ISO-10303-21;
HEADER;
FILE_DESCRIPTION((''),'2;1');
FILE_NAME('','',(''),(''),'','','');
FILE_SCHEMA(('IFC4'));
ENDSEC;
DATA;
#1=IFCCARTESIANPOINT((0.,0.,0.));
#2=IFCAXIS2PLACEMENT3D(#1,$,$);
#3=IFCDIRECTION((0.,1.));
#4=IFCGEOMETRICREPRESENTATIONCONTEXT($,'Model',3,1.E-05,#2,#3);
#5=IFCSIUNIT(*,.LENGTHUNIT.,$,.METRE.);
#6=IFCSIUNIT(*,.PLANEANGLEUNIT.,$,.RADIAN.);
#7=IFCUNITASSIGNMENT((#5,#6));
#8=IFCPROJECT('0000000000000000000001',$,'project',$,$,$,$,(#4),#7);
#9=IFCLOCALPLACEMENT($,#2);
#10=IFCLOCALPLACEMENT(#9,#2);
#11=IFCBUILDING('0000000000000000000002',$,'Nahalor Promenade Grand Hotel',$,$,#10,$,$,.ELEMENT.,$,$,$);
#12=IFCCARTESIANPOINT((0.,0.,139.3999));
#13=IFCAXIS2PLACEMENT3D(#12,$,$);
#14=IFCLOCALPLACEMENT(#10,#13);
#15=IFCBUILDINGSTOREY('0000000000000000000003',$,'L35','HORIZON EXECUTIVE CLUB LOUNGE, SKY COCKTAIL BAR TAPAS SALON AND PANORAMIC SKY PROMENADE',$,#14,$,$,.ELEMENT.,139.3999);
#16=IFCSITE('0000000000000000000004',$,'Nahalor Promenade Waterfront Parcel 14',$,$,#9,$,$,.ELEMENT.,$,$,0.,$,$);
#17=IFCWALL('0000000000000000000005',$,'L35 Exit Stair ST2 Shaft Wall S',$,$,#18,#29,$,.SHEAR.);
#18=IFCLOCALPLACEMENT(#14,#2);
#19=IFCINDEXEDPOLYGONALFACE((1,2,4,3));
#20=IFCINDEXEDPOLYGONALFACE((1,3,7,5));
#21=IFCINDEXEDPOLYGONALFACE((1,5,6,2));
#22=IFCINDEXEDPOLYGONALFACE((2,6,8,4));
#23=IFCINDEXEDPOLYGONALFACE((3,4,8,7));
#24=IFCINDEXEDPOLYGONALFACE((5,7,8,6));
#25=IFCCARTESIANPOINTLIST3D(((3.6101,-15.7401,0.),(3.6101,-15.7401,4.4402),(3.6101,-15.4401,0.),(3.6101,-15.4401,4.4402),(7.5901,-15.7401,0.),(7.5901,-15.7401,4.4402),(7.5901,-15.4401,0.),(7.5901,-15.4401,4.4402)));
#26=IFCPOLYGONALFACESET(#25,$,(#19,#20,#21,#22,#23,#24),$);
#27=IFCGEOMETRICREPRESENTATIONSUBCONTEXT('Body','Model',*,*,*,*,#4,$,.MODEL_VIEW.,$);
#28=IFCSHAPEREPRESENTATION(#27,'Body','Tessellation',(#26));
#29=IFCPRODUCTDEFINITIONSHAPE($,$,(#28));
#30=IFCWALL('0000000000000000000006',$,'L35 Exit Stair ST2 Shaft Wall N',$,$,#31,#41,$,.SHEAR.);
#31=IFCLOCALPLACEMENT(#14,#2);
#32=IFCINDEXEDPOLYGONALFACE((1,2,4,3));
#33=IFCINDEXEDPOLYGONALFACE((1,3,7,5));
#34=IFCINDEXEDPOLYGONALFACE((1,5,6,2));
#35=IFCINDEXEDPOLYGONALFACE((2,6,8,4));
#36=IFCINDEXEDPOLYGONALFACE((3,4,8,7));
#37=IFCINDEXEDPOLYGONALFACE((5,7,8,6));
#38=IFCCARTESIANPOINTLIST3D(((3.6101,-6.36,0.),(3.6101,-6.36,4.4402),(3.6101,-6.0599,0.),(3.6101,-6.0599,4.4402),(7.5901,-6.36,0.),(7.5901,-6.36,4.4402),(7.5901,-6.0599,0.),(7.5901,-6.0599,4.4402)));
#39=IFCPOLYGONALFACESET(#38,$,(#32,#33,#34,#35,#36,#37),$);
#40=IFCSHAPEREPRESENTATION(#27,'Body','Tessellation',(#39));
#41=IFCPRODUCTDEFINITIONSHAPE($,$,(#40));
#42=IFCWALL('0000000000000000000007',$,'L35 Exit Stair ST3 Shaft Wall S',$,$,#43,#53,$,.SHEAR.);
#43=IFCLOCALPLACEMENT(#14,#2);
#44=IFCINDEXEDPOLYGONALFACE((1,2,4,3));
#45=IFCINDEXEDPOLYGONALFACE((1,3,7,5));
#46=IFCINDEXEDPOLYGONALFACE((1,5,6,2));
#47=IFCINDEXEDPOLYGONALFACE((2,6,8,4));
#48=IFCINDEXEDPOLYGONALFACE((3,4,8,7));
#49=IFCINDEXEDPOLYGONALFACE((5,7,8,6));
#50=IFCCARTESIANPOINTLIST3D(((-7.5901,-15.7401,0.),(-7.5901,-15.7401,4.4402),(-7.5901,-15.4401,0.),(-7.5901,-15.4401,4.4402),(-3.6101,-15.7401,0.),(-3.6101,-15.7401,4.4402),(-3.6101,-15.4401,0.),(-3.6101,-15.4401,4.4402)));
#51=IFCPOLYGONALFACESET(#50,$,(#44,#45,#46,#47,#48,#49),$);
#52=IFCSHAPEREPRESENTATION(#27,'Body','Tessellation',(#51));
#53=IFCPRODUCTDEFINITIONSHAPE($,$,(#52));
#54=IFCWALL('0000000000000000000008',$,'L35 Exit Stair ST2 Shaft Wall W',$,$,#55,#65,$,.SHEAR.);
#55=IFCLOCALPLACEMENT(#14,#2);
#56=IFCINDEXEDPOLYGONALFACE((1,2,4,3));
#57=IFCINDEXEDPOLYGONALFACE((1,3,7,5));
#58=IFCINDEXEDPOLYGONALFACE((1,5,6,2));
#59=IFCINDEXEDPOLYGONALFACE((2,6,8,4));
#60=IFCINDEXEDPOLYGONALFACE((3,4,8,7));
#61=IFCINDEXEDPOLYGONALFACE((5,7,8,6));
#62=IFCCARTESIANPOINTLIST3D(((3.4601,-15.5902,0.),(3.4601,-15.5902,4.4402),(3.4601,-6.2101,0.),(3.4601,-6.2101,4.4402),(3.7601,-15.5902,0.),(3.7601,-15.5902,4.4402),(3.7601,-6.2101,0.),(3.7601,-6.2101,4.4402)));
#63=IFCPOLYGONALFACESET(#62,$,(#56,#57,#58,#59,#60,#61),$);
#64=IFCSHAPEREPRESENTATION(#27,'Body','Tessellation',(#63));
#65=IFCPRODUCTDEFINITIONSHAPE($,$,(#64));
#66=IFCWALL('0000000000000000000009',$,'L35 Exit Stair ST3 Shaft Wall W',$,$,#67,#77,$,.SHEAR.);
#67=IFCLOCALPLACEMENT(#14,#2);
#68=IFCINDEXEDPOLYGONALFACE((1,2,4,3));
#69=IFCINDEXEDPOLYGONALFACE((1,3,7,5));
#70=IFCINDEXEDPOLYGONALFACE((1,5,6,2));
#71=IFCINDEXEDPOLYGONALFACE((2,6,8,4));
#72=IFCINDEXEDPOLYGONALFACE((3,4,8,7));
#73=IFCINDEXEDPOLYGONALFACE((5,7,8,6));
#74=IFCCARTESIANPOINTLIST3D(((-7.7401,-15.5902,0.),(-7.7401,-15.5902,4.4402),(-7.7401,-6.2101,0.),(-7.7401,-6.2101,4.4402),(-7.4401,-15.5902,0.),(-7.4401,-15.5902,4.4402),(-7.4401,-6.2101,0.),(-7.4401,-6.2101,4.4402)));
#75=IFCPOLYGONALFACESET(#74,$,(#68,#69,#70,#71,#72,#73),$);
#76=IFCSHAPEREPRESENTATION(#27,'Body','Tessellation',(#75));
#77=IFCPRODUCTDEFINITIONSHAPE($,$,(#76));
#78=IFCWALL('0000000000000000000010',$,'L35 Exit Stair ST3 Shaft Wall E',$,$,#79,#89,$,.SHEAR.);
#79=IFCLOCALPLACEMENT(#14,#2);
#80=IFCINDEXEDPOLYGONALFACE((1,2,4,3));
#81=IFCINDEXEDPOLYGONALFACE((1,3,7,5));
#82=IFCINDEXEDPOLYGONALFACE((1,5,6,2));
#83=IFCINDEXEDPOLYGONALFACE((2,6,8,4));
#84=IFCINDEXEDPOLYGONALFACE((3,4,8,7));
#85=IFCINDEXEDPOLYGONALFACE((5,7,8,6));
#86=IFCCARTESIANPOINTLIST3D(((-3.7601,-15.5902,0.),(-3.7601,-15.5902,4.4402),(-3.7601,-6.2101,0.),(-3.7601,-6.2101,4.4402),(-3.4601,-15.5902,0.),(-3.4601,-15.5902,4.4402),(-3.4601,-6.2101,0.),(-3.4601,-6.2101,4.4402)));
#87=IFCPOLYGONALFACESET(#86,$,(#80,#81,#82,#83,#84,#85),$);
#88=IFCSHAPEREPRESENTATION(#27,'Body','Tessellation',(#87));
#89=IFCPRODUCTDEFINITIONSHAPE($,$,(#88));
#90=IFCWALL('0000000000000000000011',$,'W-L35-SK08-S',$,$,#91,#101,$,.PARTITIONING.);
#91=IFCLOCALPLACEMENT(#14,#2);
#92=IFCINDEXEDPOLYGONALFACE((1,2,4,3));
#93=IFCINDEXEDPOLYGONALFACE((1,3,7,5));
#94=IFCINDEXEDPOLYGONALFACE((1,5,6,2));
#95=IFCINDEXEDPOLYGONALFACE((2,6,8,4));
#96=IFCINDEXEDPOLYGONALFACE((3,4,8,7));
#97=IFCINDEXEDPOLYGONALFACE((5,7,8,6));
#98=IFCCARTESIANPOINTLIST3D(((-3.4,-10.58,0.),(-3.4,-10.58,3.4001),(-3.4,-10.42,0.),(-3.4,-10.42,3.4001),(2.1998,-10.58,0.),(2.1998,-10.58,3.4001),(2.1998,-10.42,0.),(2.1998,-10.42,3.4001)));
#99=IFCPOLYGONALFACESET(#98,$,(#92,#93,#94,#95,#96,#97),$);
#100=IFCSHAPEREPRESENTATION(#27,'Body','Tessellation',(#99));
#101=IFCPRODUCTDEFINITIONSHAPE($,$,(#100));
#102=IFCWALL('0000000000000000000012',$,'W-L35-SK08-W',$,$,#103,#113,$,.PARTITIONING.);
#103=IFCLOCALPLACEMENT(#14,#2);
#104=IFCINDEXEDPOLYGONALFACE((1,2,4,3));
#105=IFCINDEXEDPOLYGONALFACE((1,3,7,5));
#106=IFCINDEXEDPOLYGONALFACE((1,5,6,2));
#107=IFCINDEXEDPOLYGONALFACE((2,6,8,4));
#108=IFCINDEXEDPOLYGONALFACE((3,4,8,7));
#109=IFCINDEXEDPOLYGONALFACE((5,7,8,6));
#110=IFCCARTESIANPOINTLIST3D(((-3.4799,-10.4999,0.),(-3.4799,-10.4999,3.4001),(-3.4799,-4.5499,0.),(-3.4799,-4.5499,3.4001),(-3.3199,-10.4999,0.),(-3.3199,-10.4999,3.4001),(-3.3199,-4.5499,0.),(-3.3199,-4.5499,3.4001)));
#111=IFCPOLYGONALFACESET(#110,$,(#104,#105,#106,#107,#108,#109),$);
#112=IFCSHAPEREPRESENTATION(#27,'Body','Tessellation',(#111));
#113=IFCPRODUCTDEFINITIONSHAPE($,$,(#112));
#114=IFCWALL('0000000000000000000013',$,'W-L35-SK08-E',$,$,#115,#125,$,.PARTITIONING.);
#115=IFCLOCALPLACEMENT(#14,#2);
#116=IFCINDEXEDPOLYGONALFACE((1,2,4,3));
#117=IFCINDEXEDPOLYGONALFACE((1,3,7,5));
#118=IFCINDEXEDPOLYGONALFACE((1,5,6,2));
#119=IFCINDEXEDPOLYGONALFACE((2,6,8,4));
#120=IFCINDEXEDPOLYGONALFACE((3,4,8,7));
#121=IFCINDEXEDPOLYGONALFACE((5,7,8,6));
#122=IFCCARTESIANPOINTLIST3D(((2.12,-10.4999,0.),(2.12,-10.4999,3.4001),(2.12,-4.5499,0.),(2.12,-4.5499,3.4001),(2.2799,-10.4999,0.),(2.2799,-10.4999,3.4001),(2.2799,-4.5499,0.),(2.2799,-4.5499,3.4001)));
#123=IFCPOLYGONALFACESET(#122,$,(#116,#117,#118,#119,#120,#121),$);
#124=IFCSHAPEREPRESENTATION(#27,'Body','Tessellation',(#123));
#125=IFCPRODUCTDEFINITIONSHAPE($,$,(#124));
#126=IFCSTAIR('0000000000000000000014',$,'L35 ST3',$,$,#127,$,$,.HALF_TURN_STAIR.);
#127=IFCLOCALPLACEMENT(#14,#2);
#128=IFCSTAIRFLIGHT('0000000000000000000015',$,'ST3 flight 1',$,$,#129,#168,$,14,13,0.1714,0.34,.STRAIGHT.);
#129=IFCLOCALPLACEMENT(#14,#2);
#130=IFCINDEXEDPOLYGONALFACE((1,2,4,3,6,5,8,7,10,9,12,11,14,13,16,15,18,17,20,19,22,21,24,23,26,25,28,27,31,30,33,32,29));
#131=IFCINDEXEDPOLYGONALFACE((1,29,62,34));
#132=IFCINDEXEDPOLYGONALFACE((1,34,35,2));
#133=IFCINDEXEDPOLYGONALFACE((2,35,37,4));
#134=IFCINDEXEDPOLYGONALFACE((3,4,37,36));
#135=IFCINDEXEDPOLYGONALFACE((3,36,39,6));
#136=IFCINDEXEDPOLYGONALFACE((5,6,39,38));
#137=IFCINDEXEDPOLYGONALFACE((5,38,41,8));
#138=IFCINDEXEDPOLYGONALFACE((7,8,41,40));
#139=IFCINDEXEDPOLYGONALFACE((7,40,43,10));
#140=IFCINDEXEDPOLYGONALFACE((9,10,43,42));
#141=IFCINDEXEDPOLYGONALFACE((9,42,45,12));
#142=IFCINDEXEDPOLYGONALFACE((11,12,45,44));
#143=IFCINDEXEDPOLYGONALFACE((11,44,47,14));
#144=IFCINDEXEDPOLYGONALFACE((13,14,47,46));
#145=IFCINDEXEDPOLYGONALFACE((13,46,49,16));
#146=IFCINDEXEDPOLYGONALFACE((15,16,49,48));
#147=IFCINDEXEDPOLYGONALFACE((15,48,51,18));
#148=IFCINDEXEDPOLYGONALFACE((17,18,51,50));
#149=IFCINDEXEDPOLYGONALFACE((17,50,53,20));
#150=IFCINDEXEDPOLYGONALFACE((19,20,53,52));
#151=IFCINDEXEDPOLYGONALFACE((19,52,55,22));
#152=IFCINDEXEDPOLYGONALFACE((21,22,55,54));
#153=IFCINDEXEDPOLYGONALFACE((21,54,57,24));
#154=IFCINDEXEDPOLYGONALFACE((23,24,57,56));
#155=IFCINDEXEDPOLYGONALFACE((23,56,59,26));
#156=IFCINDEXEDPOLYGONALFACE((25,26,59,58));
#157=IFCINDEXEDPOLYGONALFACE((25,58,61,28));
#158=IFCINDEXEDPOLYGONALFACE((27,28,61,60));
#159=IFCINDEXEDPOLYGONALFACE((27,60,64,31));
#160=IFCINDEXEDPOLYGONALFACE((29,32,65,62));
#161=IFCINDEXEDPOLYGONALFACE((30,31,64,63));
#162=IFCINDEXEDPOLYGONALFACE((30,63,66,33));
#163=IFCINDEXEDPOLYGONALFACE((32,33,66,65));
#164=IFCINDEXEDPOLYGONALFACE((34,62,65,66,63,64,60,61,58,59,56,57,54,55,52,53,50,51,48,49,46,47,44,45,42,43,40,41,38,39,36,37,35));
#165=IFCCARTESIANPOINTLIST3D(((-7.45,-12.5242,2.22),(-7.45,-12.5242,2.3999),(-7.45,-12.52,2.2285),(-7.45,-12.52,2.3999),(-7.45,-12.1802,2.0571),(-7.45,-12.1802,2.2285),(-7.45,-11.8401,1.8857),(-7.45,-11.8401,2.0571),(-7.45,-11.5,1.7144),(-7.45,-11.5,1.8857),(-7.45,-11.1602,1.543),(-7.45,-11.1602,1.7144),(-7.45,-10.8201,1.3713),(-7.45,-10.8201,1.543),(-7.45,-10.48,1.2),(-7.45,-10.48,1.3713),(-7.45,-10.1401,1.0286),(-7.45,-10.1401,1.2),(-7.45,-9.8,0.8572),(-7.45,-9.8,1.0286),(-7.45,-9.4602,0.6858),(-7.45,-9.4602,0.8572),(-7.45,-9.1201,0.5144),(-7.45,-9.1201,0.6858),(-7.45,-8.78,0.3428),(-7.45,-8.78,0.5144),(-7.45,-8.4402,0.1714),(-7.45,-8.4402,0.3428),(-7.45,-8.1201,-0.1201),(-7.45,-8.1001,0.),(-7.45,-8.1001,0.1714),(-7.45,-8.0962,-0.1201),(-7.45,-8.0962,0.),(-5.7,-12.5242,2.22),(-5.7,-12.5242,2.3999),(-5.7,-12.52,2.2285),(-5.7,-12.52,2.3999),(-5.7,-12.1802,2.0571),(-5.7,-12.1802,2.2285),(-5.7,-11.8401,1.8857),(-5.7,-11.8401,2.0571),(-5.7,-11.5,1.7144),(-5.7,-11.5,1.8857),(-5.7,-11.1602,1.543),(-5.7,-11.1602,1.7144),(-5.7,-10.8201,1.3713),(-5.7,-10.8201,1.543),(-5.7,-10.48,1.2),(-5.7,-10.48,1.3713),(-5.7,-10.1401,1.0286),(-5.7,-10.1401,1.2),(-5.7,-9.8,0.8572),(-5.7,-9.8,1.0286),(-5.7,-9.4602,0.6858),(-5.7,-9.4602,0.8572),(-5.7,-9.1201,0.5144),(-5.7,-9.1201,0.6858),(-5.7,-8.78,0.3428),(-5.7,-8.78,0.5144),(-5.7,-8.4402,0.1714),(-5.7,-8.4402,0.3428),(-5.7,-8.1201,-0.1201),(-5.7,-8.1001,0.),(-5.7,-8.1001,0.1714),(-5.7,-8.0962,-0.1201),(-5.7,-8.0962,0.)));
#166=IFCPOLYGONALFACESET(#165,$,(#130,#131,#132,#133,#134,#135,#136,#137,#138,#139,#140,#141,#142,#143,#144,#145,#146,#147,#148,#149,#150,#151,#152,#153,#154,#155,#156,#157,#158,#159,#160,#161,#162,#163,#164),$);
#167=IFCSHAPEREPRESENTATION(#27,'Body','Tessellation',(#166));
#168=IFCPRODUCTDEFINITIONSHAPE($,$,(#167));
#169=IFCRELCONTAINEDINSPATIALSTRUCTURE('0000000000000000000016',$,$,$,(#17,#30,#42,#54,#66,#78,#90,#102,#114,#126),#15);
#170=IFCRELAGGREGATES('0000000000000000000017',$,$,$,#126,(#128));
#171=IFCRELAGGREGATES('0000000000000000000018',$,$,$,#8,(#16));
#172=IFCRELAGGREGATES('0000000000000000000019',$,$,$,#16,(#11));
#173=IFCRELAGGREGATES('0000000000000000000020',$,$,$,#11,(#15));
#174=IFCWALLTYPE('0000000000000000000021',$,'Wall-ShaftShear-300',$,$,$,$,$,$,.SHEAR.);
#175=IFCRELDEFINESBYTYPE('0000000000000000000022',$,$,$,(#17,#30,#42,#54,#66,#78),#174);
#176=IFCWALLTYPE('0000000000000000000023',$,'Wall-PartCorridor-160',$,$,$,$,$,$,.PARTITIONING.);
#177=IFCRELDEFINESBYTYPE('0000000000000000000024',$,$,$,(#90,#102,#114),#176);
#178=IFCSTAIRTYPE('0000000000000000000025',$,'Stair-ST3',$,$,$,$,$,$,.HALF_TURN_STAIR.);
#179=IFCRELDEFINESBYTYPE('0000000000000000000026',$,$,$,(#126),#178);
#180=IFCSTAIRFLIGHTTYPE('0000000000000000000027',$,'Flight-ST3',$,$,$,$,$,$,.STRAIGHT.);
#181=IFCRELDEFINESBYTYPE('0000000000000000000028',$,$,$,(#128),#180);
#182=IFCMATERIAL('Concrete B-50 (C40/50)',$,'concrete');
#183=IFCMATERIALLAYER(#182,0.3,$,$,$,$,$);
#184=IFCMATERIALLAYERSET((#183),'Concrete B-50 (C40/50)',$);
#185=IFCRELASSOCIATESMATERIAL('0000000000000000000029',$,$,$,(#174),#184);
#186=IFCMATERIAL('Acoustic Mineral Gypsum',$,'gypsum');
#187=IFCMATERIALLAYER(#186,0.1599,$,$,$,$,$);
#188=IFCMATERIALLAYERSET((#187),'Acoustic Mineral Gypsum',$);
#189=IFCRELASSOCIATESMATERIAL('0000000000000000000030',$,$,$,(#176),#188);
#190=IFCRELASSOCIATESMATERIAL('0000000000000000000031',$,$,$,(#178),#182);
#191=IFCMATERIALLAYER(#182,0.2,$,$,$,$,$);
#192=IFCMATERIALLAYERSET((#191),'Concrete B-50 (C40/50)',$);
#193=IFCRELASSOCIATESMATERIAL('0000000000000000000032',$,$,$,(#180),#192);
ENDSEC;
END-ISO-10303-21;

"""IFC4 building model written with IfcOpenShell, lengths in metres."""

from ifc_helpers import new_model, si_unit, direction, frame, frame_2d, origin, place, context, subcontext, project, spatial, polyline, rectangle, outline, extrude, source, transform, mapped, material, layer, layer_set, type_object, element, aggregate, save


model = new_model("IFC4")

# Units and contexts
model_context = context("Model", 3, precision=1e-05, world=origin(), true_north=direction((0.0, 1.0)))
body_context = subcontext(model_context, "Body", "Model", "MODEL_VIEW")
ifc_project = project(units=[si_unit("LENGTHUNIT", "METRE"), si_unit("PLANEANGLEUNIT", "RADIAN")], contexts=[model_context])

# Site, building, storey
site_placement = place(None, origin())
site = spatial("IfcSite", under=ifc_project, at=site_placement, Name="Nahalor Promenade Waterfront Parcel 14", CompositionType="ELEMENT", RefElevation=0.0)
building_placement = place(site_placement, origin())
building = spatial("IfcBuilding", under=site, at=building_placement, Name="Nahalor Promenade Grand Hotel", CompositionType="ELEMENT")
storey_placement = place(building_placement, frame((0.0, 0.0, 139.3999)))
storey = spatial("IfcBuildingStorey", under=building, at=storey_placement, Name="L35", Description="HORIZON EXECUTIVE CLUB LOUNGE, SKY COCKTAIL BAR TAPAS SALON AND PANORAMIC SKY PROMENADE", CompositionType="ELEMENT", Elevation=139.3999)

# Walls
ifc_material_1 = material(Name="Concrete B-50 (C40/50)", Category="concrete")
ifc_layer_1 = layer(ifc_material_1, 0.3)
ifc_layer_set_1 = layer_set([ifc_layer_1], Name="Concrete B-50 (C40/50)")
wall_type_1 = type_object("IfcWallType", Name="Wall-ShaftShear-300", PredefinedType="SHEAR", material=ifc_layer_set_1)
shared_shape_1 = source(origin(), body_context, "Body", "SweptSolid", [
    extrude(rectangle(XDim=3.98, YDim=0.3, at=frame_2d((1.99, 0.0))), origin(), (0.0, 0.0, 1.0), 4.4402),
])
for number, where, z_axis, x_axis, name in (
    (1, (3.6101, -15.5901, 0.0), (0.0, 0.0, 1.0), (1.0, 0.0, 0.0), "L35 Exit Stair ST2 Shaft Wall S"),
    (2, (3.6101, -6.21, 0.0), (0.0, 0.0, 1.0), (1.0, 0.0, 0.0), "L35 Exit Stair ST2 Shaft Wall N"),
    (3, (-7.5901, -15.5901, 0.0), (0.0, 0.0, 1.0), (1.0, 0.0, 0.0), "L35 Exit Stair ST3 Shaft Wall S"),
):
    element("IfcWall", number, at=place(storey_placement, frame(where, z_axis=z_axis, x_axis=x_axis)), inside=storey, type_object=wall_type_1, Name=name, PredefinedType="SHEAR", context=body_context, shape_type="MappedRepresentation", body=[
        mapped(shared_shape_1, transform((0.0, 0.0, 0.0), scale=1.0)),
    ])

# Walls
shared_shape_2 = source(origin(), body_context, "Body", "SweptSolid", [
    extrude(rectangle(XDim=9.3801, YDim=0.3, at=frame_2d((4.6899, 0.0))), origin(), (0.0, 0.0, 1.0), 4.4402),
])
for number, where, z_axis, x_axis, name in (
    (4, (3.6101, -15.5901, 0.0), (0.0, 0.0, 1.0), (0.0, 1.0, 0.0), "L35 Exit Stair ST2 Shaft Wall W"),
    (5, (-7.5901, -15.5901, 0.0), (0.0, 0.0, 1.0), (0.0, 1.0, 0.0), "L35 Exit Stair ST3 Shaft Wall W"),
    (6, (-3.6101, -15.5901, 0.0), (0.0, 0.0, 1.0), (0.0, 1.0, 0.0), "L35 Exit Stair ST3 Shaft Wall E"),
):
    element("IfcWall", number, at=place(storey_placement, frame(where, z_axis=z_axis, x_axis=x_axis)), inside=storey, type_object=wall_type_1, Name=name, PredefinedType="SHEAR", context=body_context, shape_type="MappedRepresentation", body=[
        mapped(shared_shape_2, transform((0.0, 0.0, 0.0), scale=1.0)),
    ])
ifc_material_2 = material(Name="Acoustic Mineral Gypsum", Category="gypsum")
ifc_layer_2 = layer(ifc_material_2, 0.1599)
ifc_layer_set_2 = layer_set([ifc_layer_2], Name="Acoustic Mineral Gypsum")
wall_type_2 = type_object("IfcWallType", Name="Wall-PartCorridor-160", PredefinedType="PARTITIONING", material=ifc_layer_set_2)
shared_shape_3 = source(origin(), body_context, "Body", "SweptSolid", [
    extrude(rectangle(XDim=5.5999, YDim=0.1599, at=frame_2d((2.7998, 0.0))), origin(), (0.0, 0.0, 1.0), 3.4001),
])
wall_1_placement = place(storey_placement, frame((-3.3999, -10.5, 0.0), z_axis=(0.0, 0.0, 1.0), x_axis=(1.0, 0.0, 0.0)))
element("IfcWall", 7, at=wall_1_placement, inside=storey, type_object=wall_type_2, Name="W-L35-SK08-S", PredefinedType="PARTITIONING", context=body_context, shape_type="MappedRepresentation", body=[
    mapped(shared_shape_3, transform((0.0, 0.0, 0.0), scale=1.0)),
])
shared_shape_4 = source(origin(), body_context, "Body", "SweptSolid", [
    extrude(rectangle(XDim=5.95, YDim=0.1599, at=frame_2d((2.9751, 0.0))), origin(), (0.0, 0.0, 1.0), 3.4001),
])
for number, where, z_axis, x_axis, name in (
    (8, (-3.3999, -10.5, 0.0), (0.0, 0.0, 1.0), (0.0, 1.0, 0.0), "W-L35-SK08-W"),
    (9, (2.2, -10.5, 0.0), (0.0, 0.0, 1.0), (0.0, 1.0, 0.0), "W-L35-SK08-E"),
):
    element("IfcWall", number, at=place(storey_placement, frame(where, z_axis=z_axis, x_axis=x_axis)), inside=storey, type_object=wall_type_2, Name=name, PredefinedType="PARTITIONING", context=body_context, shape_type="MappedRepresentation", body=[
        mapped(shared_shape_4, transform((0.0, 0.0, 0.0), scale=1.0)),
    ])

# Stair, stair flight
stair_type = type_object("IfcStairType", Name="Stair-ST3", PredefinedType="HALF_TURN_STAIR", material=ifc_material_1)
stair_placement = place(storey_placement, origin())
stair = element("IfcStair", 10, at=stair_placement, inside=storey, type_object=stair_type, Name="L35 ST3", PredefinedType="HALF_TURN_STAIR")
ifc_layer_3 = layer(ifc_material_1, 0.2)
ifc_layer_set_3 = layer_set([ifc_layer_3], Name="Concrete B-50 (C40/50)")
stair_flight_type = type_object("IfcStairFlightType", Name="Flight-ST3", PredefinedType="STRAIGHT", material=ifc_layer_set_3)
shared_shape_5 = source(origin(), body_context, "Body", "SweptSolid", [
    extrude(outline(polyline([(-0.0039, -0.1201), (-0.0039, 0.0), (0.0, 0.0), (0.0, 0.1714), (0.3401, 0.1714), (0.3401, 0.3428), (0.6799, 0.3428), (0.6799, 0.5144), (1.02, 0.5144), (1.02, 0.6858), (1.3601, 0.6858), (1.3601, 0.8572), (1.7, 0.8572), (1.7, 1.0286), (2.04, 1.0286), (2.04, 1.2), (2.3799, 1.2), (2.3799, 1.3713), (2.72, 1.3713), (2.72, 1.543), (3.0601, 1.543), (3.0601, 1.7144), (3.3999, 1.7144), (3.3999, 1.8857), (3.74, 1.8857), (3.74, 2.0571), (4.0801, 2.0571), (4.0801, 2.2285), (4.4199, 2.2285), (4.4199, 2.3999), (4.4241, 2.3999), (4.4241, 2.22), (0.02, -0.1201), (-0.0039, -0.1201)])), frame((0.0, 0.875, 0.0), z_axis=(0.0, -1.0, 0.0), x_axis=(1.0, 0.0, 0.0)), (0.0, 0.0, 1.0), 1.75),
])
stair_flight_1_placement = place(storey_placement, frame((-6.575, -8.1001, 0.0), z_axis=(0.0, 0.0, 1.0), x_axis=(0.0, -1.0, 0.0)))
stair_flight_1 = element("IfcStairFlight", 11, at=stair_flight_1_placement, type_object=stair_flight_type, Name="ST3 flight 1", NumberOfRisers=14, NumberOfTreads=13, PredefinedType="STRAIGHT", RiserHeight=0.1714, TreadLength=0.34, context=body_context, shape_type="MappedRepresentation", body=[
    mapped(shared_shape_5, transform((0.0, 0.0, 0.0), scale=1.0)),
])
aggregate(stair, [stair_flight_1])

save(model, "model.ifc")
